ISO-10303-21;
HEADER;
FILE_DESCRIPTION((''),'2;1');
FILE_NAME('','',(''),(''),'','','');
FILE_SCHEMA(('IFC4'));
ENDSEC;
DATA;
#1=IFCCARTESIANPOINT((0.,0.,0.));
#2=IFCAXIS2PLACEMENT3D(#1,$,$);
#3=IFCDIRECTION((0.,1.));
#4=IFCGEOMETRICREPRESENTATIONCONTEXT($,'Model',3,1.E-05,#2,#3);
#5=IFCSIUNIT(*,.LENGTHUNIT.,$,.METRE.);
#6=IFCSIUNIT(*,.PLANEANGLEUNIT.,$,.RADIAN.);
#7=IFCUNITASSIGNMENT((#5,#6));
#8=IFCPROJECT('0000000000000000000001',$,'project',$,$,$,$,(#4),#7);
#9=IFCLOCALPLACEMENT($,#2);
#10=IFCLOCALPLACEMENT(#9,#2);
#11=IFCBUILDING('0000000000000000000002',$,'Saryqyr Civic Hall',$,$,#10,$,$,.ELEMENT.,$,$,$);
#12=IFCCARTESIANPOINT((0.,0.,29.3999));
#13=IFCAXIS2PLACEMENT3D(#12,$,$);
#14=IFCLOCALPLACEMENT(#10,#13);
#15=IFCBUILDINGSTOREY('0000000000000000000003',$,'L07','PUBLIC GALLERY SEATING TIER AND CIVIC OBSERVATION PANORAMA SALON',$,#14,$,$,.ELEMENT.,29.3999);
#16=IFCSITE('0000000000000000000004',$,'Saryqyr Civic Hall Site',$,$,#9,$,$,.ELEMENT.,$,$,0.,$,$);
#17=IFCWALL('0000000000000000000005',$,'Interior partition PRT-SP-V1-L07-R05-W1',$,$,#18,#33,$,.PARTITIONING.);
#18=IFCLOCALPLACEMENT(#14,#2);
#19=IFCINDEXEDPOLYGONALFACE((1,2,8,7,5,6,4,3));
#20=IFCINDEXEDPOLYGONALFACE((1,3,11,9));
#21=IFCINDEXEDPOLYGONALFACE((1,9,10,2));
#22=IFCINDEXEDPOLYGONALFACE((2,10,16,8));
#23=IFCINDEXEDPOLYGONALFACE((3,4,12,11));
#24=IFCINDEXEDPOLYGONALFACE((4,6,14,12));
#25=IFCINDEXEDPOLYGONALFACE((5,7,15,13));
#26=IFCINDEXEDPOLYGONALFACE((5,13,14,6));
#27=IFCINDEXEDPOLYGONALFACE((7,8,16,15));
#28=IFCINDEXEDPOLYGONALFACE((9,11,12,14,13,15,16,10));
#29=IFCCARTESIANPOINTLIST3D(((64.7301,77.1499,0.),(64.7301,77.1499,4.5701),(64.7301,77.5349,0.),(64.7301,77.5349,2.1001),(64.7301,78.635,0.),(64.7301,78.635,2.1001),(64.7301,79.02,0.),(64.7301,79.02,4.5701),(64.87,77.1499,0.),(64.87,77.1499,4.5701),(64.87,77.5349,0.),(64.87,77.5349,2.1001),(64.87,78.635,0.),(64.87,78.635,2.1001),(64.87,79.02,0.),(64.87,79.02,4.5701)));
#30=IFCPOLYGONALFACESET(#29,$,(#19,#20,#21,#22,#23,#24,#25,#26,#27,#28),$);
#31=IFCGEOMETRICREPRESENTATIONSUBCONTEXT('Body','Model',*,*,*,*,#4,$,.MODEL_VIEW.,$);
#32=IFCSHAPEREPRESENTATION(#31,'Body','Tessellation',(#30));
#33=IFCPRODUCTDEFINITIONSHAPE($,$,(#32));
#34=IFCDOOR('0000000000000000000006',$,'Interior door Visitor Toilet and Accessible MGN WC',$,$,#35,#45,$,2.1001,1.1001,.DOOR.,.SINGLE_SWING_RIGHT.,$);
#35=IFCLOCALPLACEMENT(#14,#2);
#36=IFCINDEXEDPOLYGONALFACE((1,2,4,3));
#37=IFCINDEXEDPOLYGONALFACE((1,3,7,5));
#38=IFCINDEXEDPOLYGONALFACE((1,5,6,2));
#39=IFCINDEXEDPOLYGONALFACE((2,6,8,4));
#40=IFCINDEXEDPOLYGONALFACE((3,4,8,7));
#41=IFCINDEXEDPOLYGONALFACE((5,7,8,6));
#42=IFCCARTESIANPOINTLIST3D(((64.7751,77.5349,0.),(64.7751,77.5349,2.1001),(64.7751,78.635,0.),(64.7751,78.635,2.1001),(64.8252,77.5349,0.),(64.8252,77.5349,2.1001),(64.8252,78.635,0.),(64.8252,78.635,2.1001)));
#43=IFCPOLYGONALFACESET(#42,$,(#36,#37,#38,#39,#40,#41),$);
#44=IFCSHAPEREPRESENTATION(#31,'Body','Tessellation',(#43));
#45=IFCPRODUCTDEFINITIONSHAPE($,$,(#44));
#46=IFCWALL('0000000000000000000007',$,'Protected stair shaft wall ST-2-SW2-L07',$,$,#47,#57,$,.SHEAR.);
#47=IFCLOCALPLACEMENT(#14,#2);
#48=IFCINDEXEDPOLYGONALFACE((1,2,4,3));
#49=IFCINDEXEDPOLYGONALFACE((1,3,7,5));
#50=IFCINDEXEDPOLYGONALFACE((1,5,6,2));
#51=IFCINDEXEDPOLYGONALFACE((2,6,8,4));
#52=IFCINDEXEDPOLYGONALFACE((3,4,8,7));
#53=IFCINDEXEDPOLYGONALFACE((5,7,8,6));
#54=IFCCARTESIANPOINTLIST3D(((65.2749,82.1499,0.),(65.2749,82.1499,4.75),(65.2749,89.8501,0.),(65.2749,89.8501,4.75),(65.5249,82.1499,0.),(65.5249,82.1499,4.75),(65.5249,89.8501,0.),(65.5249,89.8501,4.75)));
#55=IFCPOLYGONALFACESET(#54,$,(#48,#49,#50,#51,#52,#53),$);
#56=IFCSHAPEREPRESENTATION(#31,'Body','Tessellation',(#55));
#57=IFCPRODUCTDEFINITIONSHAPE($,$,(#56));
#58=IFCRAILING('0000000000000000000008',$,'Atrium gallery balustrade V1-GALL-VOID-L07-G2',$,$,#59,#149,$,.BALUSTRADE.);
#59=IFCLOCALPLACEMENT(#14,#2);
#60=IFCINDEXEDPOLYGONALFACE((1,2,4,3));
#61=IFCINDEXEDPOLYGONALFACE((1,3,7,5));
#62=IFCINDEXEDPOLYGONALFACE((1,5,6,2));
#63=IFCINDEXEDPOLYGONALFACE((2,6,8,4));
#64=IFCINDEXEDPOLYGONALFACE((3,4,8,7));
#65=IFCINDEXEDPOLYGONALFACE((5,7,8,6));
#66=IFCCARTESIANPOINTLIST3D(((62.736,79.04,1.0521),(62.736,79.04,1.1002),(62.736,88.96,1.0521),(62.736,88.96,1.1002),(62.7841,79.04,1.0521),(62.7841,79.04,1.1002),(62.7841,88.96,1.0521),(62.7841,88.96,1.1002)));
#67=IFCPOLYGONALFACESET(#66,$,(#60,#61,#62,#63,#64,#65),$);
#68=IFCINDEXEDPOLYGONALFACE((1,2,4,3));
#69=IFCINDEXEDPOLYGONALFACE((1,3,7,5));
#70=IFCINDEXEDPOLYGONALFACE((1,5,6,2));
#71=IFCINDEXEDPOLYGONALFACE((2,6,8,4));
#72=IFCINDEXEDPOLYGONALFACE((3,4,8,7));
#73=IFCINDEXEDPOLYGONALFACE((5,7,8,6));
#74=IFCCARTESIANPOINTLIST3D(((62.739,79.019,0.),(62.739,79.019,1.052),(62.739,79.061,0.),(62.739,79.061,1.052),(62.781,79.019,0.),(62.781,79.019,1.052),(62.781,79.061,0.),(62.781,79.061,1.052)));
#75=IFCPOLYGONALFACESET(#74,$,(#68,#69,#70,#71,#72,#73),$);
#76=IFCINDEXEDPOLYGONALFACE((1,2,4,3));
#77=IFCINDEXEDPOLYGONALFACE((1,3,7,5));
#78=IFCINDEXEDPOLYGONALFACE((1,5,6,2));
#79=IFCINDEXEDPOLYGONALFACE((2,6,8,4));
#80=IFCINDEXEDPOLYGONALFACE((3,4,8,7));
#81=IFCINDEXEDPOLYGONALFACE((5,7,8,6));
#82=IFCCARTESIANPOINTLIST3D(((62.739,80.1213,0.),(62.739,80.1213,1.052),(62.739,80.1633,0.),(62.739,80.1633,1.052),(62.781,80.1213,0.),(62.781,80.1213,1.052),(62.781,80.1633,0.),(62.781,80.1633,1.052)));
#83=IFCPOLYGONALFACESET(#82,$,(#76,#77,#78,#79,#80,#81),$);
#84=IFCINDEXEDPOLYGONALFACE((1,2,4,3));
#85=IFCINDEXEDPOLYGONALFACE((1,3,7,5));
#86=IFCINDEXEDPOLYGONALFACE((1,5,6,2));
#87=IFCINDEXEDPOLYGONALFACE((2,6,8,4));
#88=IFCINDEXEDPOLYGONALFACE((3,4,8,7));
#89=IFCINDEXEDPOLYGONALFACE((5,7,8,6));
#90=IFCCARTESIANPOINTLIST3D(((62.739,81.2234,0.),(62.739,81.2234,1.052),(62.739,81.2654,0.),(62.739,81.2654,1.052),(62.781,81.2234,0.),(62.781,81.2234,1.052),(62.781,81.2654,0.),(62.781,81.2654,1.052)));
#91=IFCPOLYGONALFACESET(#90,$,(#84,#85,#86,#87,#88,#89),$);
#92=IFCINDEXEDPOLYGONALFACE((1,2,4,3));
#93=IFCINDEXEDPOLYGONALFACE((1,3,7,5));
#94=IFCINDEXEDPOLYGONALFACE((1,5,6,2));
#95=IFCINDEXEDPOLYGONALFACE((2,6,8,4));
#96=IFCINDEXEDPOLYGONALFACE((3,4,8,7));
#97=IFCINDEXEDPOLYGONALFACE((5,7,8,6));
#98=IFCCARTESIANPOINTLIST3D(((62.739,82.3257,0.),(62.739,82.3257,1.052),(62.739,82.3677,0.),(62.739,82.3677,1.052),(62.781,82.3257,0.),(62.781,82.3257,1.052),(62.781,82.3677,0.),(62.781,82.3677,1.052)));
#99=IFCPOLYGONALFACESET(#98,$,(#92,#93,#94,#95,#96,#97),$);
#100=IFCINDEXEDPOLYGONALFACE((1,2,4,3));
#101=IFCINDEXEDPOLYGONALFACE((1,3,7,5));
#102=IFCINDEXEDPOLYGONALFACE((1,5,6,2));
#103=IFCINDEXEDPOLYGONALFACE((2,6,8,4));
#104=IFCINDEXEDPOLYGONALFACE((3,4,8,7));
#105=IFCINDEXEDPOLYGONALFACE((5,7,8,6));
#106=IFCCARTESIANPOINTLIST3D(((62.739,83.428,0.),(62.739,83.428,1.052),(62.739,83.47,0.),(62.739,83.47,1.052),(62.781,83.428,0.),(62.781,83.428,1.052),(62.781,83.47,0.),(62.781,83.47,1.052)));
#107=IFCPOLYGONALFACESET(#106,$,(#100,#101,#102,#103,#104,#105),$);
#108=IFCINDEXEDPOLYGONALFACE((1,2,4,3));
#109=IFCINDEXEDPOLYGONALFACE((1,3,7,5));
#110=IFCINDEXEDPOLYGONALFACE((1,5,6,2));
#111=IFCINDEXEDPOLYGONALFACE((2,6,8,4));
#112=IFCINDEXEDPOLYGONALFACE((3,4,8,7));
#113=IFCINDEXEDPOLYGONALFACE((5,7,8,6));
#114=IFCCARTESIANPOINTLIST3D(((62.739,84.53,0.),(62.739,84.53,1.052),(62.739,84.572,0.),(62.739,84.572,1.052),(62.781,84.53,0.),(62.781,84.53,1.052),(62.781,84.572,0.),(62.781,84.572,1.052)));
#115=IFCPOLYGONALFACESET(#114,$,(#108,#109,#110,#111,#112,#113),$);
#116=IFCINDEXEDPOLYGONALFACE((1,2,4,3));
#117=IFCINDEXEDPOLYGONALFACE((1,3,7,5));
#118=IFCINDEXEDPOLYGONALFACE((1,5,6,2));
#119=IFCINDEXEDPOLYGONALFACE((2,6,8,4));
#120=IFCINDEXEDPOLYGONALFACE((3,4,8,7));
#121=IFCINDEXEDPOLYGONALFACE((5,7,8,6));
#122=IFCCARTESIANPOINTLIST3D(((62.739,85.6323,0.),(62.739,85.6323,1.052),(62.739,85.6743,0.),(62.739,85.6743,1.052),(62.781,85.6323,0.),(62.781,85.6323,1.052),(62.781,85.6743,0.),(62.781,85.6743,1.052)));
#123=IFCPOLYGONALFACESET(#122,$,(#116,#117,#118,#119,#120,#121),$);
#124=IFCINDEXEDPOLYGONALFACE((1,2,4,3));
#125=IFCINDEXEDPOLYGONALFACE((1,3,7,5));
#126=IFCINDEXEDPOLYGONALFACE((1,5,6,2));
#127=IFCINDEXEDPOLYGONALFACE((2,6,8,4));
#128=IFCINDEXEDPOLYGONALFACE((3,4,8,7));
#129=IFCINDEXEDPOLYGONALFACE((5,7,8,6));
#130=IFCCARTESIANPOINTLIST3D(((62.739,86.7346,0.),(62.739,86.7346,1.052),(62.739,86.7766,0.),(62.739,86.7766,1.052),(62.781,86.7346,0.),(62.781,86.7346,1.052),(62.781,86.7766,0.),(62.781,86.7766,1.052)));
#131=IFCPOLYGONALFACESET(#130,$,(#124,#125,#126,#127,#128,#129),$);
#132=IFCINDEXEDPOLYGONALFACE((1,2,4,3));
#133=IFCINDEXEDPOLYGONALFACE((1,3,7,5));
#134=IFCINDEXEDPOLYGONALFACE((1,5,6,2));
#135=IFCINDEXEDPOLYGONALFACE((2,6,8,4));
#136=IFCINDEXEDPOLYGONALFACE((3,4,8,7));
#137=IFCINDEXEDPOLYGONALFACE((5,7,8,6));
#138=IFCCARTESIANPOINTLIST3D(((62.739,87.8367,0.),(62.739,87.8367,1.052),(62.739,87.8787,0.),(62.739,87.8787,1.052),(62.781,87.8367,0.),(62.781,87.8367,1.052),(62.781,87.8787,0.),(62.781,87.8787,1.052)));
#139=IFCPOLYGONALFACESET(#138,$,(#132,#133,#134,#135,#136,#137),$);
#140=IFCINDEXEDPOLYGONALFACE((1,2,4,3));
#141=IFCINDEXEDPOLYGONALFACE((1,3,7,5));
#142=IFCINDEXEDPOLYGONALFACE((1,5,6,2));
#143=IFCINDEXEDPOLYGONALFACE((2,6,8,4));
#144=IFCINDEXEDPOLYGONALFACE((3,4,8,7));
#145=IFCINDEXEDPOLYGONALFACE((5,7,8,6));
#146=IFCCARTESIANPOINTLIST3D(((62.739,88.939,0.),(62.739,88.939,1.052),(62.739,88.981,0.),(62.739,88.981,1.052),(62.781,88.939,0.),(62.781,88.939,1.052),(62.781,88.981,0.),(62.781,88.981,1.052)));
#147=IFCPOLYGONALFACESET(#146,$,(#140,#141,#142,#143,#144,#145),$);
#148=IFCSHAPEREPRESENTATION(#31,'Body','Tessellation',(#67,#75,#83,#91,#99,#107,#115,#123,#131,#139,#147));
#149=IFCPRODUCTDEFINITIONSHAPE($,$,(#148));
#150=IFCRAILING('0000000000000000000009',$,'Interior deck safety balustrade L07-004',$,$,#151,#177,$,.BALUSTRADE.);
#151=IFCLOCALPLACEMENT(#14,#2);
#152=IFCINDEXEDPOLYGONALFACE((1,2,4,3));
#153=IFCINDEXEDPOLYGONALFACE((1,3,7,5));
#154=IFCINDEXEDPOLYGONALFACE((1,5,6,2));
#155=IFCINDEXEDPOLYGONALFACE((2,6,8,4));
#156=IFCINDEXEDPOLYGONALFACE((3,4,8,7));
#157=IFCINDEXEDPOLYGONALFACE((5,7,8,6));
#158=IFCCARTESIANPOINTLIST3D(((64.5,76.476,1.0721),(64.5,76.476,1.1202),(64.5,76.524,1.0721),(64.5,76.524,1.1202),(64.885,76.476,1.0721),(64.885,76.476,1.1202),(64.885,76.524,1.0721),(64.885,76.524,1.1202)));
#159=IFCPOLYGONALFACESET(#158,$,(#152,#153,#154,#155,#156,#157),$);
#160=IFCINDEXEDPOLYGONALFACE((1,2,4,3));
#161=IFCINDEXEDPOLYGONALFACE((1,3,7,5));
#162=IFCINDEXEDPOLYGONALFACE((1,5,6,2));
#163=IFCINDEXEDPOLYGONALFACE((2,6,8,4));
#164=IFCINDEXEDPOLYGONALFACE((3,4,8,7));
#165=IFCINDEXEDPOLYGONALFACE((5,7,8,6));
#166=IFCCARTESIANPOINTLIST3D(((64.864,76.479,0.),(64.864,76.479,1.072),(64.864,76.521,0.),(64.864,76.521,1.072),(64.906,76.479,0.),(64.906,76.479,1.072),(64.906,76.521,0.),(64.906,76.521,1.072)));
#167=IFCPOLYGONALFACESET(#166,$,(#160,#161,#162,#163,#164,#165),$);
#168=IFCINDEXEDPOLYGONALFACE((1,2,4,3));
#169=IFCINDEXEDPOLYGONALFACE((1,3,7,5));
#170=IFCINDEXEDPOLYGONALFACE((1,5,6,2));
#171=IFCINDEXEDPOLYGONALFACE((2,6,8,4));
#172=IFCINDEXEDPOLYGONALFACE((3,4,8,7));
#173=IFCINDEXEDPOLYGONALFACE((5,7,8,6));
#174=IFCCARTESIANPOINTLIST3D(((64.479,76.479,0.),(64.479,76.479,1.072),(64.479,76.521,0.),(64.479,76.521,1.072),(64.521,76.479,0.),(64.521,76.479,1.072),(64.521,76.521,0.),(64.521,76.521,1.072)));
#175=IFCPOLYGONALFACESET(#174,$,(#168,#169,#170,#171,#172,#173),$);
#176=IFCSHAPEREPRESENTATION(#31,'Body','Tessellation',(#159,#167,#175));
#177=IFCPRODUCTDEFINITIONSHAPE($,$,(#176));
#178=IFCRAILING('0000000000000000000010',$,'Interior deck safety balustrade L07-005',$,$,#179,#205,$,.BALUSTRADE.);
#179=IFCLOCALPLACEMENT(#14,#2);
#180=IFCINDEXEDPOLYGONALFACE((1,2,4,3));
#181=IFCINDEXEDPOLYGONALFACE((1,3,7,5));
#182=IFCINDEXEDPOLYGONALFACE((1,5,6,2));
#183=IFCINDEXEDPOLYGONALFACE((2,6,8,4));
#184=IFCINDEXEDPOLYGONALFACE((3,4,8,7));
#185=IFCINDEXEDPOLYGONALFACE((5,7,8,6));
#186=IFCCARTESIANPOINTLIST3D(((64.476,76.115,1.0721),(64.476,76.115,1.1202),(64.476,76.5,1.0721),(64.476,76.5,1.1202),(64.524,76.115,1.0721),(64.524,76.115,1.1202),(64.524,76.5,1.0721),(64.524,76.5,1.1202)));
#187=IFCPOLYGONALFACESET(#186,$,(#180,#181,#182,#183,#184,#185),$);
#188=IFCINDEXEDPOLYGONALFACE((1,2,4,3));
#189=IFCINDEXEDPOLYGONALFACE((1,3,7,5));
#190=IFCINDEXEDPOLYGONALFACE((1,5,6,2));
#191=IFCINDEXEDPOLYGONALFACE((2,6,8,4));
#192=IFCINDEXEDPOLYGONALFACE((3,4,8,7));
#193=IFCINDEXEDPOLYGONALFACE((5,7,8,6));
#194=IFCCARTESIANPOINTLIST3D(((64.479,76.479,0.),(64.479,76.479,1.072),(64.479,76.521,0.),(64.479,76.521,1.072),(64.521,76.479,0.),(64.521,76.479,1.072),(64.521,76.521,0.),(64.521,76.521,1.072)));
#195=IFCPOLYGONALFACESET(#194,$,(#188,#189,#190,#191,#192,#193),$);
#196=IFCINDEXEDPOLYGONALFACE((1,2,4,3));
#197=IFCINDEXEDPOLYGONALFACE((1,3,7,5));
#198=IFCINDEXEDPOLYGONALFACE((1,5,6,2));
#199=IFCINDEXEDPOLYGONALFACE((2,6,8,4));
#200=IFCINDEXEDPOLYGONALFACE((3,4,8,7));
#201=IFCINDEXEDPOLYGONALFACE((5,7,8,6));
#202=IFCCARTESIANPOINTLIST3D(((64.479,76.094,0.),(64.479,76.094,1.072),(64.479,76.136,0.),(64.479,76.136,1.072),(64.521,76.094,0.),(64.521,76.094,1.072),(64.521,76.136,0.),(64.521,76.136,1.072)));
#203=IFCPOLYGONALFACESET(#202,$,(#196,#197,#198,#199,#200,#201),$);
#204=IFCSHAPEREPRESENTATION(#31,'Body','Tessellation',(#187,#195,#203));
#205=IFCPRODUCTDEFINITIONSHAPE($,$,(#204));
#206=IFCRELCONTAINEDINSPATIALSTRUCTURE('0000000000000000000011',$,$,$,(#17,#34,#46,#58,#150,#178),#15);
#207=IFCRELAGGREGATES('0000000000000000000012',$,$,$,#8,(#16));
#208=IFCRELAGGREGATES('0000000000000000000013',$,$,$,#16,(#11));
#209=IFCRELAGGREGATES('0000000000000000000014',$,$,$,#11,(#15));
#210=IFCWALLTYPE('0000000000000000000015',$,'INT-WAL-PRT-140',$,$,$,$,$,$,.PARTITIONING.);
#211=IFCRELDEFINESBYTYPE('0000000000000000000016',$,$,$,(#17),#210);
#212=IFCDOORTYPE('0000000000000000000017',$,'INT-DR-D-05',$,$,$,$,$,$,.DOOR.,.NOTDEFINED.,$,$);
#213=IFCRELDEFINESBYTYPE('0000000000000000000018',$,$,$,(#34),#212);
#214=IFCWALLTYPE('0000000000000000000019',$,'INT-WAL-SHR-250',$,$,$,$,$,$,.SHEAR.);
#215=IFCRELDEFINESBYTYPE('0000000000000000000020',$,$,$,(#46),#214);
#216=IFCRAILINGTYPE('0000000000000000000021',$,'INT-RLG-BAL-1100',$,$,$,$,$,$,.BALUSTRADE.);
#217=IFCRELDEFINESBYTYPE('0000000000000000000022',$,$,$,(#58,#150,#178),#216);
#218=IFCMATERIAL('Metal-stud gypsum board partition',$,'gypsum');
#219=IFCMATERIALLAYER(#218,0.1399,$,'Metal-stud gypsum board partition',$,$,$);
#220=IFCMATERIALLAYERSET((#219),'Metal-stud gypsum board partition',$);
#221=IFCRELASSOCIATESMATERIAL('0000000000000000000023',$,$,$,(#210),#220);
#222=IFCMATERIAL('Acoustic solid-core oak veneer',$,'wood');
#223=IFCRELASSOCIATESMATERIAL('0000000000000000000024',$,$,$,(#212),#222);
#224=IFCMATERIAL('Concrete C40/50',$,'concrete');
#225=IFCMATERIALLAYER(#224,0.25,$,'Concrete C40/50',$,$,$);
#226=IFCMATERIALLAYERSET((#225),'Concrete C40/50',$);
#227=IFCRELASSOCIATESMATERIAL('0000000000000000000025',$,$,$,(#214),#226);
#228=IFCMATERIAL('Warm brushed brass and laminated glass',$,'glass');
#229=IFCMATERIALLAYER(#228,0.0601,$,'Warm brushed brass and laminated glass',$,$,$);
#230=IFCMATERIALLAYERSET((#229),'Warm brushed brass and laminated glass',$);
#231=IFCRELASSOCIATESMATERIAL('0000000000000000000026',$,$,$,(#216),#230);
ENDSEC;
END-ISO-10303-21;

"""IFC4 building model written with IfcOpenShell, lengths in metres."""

from ifc_helpers import new_model, si_unit, direction, frame, frame_2d, origin, origin_2d, place, context, subcontext, project, spatial, rectangle, extrude, material, layer, layer_set, type_object, element, fill, save


model = new_model("IFC4")

# Units and contexts
model_context = context("Model", 3, precision=1e-05, world=origin(), true_north=direction((0.0, 1.0)))
body_context = subcontext(model_context, "Body", "Model", "MODEL_VIEW")
ifc_project = project(units=[si_unit("LENGTHUNIT", "METRE"), si_unit("PLANEANGLEUNIT", "RADIAN")], contexts=[model_context])

# Site, building, storey
site_placement = place(None, origin())
site = spatial("IfcSite", under=ifc_project, at=site_placement, Name="Saryqyr Civic Hall Site", CompositionType="ELEMENT", RefElevation=0.0)
building_placement = place(site_placement, origin())
building = spatial("IfcBuilding", under=site, at=building_placement, Name="Saryqyr Civic Hall", CompositionType="ELEMENT")
storey_placement = place(building_placement, frame((0.0, 0.0, 29.3999)))
storey = spatial("IfcBuildingStorey", under=building, at=storey_placement, Name="L07", Description="PUBLIC GALLERY SEATING TIER AND CIVIC OBSERVATION PANORAMA SALON", CompositionType="ELEMENT", Elevation=29.3999)

# Shared definitions
ifc_material_1 = material(Name="Concrete C40/50", Category="concrete")

# Wall, opening, door
ifc_material_2 = material(Name="Metal-stud gypsum board partition", Category="gypsum")
ifc_layer_1 = layer(ifc_material_2, 0.1399, Name="Metal-stud gypsum board partition")
ifc_layer_set_1 = layer_set([ifc_layer_1], Name="Metal-stud gypsum board partition")
wall_type_1 = type_object("IfcWallType", Name="INT-WAL-PRT-140", PredefinedType="PARTITIONING", material=ifc_layer_set_1)
wall_1_placement = place(storey_placement, frame((64.8, 77.1499, 0.0), z_axis=(0.0, 0.0, 1.0), x_axis=(0.0, 1.0, 0.0)))
wall_1 = element("IfcWall", 1, at=wall_1_placement, inside=storey, type_object=wall_type_1, Name="Interior partition PRT-SP-V1-L07-R05-W1", PredefinedType="PARTITIONING", context=body_context, shape_type="SweptSolid", body=[
    extrude(rectangle(XDim=1.8701, YDim=0.1399, at=frame_2d((0.9351, 0.0))), origin(), (0.0, 0.0, 1.0), 4.5701),
])
opening_1_placement = place(wall_1_placement, frame((0.385, 0.0, 0.0)))
opening_1 = element("IfcOpeningElement", 2, at=opening_1_placement, cuts=wall_1, PredefinedType="OPENING", context=body_context, shape_type="SweptSolid", body=[
    extrude(rectangle(XDim=1.1001, YDim=2.1001, at=frame_2d((0.55, 1.05))), frame((0.0, 0.0798, 0.0), z_axis=(0.0, -1.0, 0.0), x_axis=(1.0, 0.0, 0.0)), (0.0, 0.0, 1.0), 0.1599),
])
ifc_material_3 = material(Name="Acoustic solid-core oak veneer", Category="wood")
door_type_1 = type_object("IfcDoorType", Name="INT-DR-D-05", OperationType="NOTDEFINED", PredefinedType="DOOR", material=ifc_material_3)
door_1_placement = place(opening_1_placement, origin())
door_1 = element("IfcDoor", 3, at=door_1_placement, inside=storey, type_object=door_type_1, Name="Interior door Visitor Toilet and Accessible MGN WC", OperationType="SINGLE_SWING_RIGHT", OverallHeight=2.1001, OverallWidth=1.1001, PredefinedType="DOOR", context=body_context, shape_type="SweptSolid", body=[
    extrude(rectangle(XDim=1.1001, YDim=2.1001, at=frame_2d((0.55, 1.05))), frame((0.0, 0.0249, 0.0), z_axis=(0.0, -1.0, 0.0), x_axis=(1.0, 0.0, 0.0)), (0.0, 0.0, 1.0), 0.05),
])
fill(opening_1, door_1)

# Wall
ifc_layer_2 = layer(ifc_material_1, 0.25, Name="Concrete C40/50")
ifc_layer_set_2 = layer_set([ifc_layer_2], Name="Concrete C40/50")
wall_type_2 = type_object("IfcWallType", Name="INT-WAL-SHR-250", PredefinedType="SHEAR", material=ifc_layer_set_2)
wall_2_placement = place(storey_placement, frame((65.3999, 82.1499, 0.0), z_axis=(0.0, 0.0, 1.0), x_axis=(0.0, 1.0, 0.0)))
element("IfcWall", 4, at=wall_2_placement, inside=storey, type_object=wall_type_2, Name="Protected stair shaft wall ST-2-SW2-L07", PredefinedType="SHEAR", context=body_context, shape_type="SweptSolid", body=[
    extrude(rectangle(XDim=7.7002, YDim=0.25, at=frame_2d((3.8501, 0.0))), origin(), (0.0, 0.0, 1.0), 4.75),
])

# Railings
ifc_material_4 = material(Name="Warm brushed brass and laminated glass", Category="glass")
ifc_layer_3 = layer(ifc_material_4, 0.0601, Name="Warm brushed brass and laminated glass")
ifc_layer_set_3 = layer_set([ifc_layer_3], Name="Warm brushed brass and laminated glass")
railing_type = type_object("IfcRailingType", Name="INT-RLG-BAL-1100", PredefinedType="BALUSTRADE", material=ifc_layer_set_3)
railing_1_placement = place(storey_placement, frame((62.76, 79.04, 0.0)))
element("IfcRailing", 5, at=railing_1_placement, inside=storey, type_object=railing_type, Name="Atrium gallery balustrade V1-GALL-VOID-L07-G2", PredefinedType="BALUSTRADE", context=body_context, shape_type="SweptSolid", body=[
    extrude(rectangle(XDim=0.0481, YDim=0.0481, at=origin_2d()), frame((0.0, 0.0, 1.0762), z_axis=(0.0, 1.0, 0.0), x_axis=(-1.0, 0.0, 0.0)), (0.0, 0.0, 1.0), 9.9199),
    extrude(rectangle(XDim=0.042, YDim=0.042, at=origin_2d()), origin(), (0.0, 0.0, 1.0), 1.052),
    extrude(rectangle(XDim=0.042, YDim=0.042, at=origin_2d()), frame((0.0, 1.1023, 0.0)), (0.0, 0.0, 1.0), 1.052),
    extrude(rectangle(XDim=0.042, YDim=0.042, at=origin_2d()), frame((0.0, 2.2043, 0.0)), (0.0, 0.0, 1.0), 1.052),
    extrude(rectangle(XDim=0.042, YDim=0.042, at=origin_2d()), frame((0.0, 3.3066, 0.0)), (0.0, 0.0, 1.0), 1.052),
    extrude(rectangle(XDim=0.042, YDim=0.042, at=origin_2d()), frame((0.0, 4.4089, 0.0)), (0.0, 0.0, 1.0), 1.052),
    extrude(rectangle(XDim=0.042, YDim=0.042, at=origin_2d()), frame((0.0, 5.511, 0.0)), (0.0, 0.0, 1.0), 1.052),
    extrude(rectangle(XDim=0.042, YDim=0.042, at=origin_2d()), frame((0.0, 6.6133, 0.0)), (0.0, 0.0, 1.0), 1.052),
    extrude(rectangle(XDim=0.042, YDim=0.042, at=origin_2d()), frame((0.0, 7.7156, 0.0)), (0.0, 0.0, 1.0), 1.052),
    extrude(rectangle(XDim=0.042, YDim=0.042, at=origin_2d()), frame((0.0, 8.8176, 0.0)), (0.0, 0.0, 1.0), 1.052),
    extrude(rectangle(XDim=0.042, YDim=0.042, at=origin_2d()), frame((0.0, 9.9199, 0.0)), (0.0, 0.0, 1.0), 1.052),
])
railing_2_placement = place(storey_placement, frame((64.885, 76.5, 0.0)))
element("IfcRailing", 6, at=railing_2_placement, inside=storey, type_object=railing_type, Name="Interior deck safety balustrade L07-004", PredefinedType="BALUSTRADE", context=body_context, shape_type="SweptSolid", body=[
    extrude(rectangle(XDim=0.0481, YDim=0.0481, at=origin_2d()), frame((0.0, 0.0, 1.0962), z_axis=(-1.0, 0.0, 0.0), x_axis=(0.0, -1.0, 0.0)), (0.0, 0.0, 1.0), 0.385),
    extrude(rectangle(XDim=0.042, YDim=0.042, at=origin_2d()), origin(), (0.0, 0.0, 1.0), 1.072),
    extrude(rectangle(XDim=0.042, YDim=0.042, at=origin_2d()), frame((-0.385, 0.0, 0.0)), (0.0, 0.0, 1.0), 1.072),
])
railing_3_placement = place(storey_placement, frame((64.5, 76.5, 0.0)))
element("IfcRailing", 7, at=railing_3_placement, inside=storey, type_object=railing_type, Name="Interior deck safety balustrade L07-005", PredefinedType="BALUSTRADE", context=body_context, shape_type="SweptSolid", body=[
    extrude(rectangle(XDim=0.0481, YDim=0.0481, at=origin_2d()), frame((0.0, 0.0, 1.0962), z_axis=(0.0, -1.0, 0.0), x_axis=(1.0, 0.0, 0.0)), (0.0, 0.0, 1.0), 0.385),
    extrude(rectangle(XDim=0.042, YDim=0.042, at=origin_2d()), origin(), (0.0, 0.0, 1.0), 1.072),
    extrude(rectangle(XDim=0.042, YDim=0.042, at=origin_2d()), frame((0.0, -0.385, 0.0)), (0.0, 0.0, 1.0), 1.072),
])

save(model, "model.ifc")
